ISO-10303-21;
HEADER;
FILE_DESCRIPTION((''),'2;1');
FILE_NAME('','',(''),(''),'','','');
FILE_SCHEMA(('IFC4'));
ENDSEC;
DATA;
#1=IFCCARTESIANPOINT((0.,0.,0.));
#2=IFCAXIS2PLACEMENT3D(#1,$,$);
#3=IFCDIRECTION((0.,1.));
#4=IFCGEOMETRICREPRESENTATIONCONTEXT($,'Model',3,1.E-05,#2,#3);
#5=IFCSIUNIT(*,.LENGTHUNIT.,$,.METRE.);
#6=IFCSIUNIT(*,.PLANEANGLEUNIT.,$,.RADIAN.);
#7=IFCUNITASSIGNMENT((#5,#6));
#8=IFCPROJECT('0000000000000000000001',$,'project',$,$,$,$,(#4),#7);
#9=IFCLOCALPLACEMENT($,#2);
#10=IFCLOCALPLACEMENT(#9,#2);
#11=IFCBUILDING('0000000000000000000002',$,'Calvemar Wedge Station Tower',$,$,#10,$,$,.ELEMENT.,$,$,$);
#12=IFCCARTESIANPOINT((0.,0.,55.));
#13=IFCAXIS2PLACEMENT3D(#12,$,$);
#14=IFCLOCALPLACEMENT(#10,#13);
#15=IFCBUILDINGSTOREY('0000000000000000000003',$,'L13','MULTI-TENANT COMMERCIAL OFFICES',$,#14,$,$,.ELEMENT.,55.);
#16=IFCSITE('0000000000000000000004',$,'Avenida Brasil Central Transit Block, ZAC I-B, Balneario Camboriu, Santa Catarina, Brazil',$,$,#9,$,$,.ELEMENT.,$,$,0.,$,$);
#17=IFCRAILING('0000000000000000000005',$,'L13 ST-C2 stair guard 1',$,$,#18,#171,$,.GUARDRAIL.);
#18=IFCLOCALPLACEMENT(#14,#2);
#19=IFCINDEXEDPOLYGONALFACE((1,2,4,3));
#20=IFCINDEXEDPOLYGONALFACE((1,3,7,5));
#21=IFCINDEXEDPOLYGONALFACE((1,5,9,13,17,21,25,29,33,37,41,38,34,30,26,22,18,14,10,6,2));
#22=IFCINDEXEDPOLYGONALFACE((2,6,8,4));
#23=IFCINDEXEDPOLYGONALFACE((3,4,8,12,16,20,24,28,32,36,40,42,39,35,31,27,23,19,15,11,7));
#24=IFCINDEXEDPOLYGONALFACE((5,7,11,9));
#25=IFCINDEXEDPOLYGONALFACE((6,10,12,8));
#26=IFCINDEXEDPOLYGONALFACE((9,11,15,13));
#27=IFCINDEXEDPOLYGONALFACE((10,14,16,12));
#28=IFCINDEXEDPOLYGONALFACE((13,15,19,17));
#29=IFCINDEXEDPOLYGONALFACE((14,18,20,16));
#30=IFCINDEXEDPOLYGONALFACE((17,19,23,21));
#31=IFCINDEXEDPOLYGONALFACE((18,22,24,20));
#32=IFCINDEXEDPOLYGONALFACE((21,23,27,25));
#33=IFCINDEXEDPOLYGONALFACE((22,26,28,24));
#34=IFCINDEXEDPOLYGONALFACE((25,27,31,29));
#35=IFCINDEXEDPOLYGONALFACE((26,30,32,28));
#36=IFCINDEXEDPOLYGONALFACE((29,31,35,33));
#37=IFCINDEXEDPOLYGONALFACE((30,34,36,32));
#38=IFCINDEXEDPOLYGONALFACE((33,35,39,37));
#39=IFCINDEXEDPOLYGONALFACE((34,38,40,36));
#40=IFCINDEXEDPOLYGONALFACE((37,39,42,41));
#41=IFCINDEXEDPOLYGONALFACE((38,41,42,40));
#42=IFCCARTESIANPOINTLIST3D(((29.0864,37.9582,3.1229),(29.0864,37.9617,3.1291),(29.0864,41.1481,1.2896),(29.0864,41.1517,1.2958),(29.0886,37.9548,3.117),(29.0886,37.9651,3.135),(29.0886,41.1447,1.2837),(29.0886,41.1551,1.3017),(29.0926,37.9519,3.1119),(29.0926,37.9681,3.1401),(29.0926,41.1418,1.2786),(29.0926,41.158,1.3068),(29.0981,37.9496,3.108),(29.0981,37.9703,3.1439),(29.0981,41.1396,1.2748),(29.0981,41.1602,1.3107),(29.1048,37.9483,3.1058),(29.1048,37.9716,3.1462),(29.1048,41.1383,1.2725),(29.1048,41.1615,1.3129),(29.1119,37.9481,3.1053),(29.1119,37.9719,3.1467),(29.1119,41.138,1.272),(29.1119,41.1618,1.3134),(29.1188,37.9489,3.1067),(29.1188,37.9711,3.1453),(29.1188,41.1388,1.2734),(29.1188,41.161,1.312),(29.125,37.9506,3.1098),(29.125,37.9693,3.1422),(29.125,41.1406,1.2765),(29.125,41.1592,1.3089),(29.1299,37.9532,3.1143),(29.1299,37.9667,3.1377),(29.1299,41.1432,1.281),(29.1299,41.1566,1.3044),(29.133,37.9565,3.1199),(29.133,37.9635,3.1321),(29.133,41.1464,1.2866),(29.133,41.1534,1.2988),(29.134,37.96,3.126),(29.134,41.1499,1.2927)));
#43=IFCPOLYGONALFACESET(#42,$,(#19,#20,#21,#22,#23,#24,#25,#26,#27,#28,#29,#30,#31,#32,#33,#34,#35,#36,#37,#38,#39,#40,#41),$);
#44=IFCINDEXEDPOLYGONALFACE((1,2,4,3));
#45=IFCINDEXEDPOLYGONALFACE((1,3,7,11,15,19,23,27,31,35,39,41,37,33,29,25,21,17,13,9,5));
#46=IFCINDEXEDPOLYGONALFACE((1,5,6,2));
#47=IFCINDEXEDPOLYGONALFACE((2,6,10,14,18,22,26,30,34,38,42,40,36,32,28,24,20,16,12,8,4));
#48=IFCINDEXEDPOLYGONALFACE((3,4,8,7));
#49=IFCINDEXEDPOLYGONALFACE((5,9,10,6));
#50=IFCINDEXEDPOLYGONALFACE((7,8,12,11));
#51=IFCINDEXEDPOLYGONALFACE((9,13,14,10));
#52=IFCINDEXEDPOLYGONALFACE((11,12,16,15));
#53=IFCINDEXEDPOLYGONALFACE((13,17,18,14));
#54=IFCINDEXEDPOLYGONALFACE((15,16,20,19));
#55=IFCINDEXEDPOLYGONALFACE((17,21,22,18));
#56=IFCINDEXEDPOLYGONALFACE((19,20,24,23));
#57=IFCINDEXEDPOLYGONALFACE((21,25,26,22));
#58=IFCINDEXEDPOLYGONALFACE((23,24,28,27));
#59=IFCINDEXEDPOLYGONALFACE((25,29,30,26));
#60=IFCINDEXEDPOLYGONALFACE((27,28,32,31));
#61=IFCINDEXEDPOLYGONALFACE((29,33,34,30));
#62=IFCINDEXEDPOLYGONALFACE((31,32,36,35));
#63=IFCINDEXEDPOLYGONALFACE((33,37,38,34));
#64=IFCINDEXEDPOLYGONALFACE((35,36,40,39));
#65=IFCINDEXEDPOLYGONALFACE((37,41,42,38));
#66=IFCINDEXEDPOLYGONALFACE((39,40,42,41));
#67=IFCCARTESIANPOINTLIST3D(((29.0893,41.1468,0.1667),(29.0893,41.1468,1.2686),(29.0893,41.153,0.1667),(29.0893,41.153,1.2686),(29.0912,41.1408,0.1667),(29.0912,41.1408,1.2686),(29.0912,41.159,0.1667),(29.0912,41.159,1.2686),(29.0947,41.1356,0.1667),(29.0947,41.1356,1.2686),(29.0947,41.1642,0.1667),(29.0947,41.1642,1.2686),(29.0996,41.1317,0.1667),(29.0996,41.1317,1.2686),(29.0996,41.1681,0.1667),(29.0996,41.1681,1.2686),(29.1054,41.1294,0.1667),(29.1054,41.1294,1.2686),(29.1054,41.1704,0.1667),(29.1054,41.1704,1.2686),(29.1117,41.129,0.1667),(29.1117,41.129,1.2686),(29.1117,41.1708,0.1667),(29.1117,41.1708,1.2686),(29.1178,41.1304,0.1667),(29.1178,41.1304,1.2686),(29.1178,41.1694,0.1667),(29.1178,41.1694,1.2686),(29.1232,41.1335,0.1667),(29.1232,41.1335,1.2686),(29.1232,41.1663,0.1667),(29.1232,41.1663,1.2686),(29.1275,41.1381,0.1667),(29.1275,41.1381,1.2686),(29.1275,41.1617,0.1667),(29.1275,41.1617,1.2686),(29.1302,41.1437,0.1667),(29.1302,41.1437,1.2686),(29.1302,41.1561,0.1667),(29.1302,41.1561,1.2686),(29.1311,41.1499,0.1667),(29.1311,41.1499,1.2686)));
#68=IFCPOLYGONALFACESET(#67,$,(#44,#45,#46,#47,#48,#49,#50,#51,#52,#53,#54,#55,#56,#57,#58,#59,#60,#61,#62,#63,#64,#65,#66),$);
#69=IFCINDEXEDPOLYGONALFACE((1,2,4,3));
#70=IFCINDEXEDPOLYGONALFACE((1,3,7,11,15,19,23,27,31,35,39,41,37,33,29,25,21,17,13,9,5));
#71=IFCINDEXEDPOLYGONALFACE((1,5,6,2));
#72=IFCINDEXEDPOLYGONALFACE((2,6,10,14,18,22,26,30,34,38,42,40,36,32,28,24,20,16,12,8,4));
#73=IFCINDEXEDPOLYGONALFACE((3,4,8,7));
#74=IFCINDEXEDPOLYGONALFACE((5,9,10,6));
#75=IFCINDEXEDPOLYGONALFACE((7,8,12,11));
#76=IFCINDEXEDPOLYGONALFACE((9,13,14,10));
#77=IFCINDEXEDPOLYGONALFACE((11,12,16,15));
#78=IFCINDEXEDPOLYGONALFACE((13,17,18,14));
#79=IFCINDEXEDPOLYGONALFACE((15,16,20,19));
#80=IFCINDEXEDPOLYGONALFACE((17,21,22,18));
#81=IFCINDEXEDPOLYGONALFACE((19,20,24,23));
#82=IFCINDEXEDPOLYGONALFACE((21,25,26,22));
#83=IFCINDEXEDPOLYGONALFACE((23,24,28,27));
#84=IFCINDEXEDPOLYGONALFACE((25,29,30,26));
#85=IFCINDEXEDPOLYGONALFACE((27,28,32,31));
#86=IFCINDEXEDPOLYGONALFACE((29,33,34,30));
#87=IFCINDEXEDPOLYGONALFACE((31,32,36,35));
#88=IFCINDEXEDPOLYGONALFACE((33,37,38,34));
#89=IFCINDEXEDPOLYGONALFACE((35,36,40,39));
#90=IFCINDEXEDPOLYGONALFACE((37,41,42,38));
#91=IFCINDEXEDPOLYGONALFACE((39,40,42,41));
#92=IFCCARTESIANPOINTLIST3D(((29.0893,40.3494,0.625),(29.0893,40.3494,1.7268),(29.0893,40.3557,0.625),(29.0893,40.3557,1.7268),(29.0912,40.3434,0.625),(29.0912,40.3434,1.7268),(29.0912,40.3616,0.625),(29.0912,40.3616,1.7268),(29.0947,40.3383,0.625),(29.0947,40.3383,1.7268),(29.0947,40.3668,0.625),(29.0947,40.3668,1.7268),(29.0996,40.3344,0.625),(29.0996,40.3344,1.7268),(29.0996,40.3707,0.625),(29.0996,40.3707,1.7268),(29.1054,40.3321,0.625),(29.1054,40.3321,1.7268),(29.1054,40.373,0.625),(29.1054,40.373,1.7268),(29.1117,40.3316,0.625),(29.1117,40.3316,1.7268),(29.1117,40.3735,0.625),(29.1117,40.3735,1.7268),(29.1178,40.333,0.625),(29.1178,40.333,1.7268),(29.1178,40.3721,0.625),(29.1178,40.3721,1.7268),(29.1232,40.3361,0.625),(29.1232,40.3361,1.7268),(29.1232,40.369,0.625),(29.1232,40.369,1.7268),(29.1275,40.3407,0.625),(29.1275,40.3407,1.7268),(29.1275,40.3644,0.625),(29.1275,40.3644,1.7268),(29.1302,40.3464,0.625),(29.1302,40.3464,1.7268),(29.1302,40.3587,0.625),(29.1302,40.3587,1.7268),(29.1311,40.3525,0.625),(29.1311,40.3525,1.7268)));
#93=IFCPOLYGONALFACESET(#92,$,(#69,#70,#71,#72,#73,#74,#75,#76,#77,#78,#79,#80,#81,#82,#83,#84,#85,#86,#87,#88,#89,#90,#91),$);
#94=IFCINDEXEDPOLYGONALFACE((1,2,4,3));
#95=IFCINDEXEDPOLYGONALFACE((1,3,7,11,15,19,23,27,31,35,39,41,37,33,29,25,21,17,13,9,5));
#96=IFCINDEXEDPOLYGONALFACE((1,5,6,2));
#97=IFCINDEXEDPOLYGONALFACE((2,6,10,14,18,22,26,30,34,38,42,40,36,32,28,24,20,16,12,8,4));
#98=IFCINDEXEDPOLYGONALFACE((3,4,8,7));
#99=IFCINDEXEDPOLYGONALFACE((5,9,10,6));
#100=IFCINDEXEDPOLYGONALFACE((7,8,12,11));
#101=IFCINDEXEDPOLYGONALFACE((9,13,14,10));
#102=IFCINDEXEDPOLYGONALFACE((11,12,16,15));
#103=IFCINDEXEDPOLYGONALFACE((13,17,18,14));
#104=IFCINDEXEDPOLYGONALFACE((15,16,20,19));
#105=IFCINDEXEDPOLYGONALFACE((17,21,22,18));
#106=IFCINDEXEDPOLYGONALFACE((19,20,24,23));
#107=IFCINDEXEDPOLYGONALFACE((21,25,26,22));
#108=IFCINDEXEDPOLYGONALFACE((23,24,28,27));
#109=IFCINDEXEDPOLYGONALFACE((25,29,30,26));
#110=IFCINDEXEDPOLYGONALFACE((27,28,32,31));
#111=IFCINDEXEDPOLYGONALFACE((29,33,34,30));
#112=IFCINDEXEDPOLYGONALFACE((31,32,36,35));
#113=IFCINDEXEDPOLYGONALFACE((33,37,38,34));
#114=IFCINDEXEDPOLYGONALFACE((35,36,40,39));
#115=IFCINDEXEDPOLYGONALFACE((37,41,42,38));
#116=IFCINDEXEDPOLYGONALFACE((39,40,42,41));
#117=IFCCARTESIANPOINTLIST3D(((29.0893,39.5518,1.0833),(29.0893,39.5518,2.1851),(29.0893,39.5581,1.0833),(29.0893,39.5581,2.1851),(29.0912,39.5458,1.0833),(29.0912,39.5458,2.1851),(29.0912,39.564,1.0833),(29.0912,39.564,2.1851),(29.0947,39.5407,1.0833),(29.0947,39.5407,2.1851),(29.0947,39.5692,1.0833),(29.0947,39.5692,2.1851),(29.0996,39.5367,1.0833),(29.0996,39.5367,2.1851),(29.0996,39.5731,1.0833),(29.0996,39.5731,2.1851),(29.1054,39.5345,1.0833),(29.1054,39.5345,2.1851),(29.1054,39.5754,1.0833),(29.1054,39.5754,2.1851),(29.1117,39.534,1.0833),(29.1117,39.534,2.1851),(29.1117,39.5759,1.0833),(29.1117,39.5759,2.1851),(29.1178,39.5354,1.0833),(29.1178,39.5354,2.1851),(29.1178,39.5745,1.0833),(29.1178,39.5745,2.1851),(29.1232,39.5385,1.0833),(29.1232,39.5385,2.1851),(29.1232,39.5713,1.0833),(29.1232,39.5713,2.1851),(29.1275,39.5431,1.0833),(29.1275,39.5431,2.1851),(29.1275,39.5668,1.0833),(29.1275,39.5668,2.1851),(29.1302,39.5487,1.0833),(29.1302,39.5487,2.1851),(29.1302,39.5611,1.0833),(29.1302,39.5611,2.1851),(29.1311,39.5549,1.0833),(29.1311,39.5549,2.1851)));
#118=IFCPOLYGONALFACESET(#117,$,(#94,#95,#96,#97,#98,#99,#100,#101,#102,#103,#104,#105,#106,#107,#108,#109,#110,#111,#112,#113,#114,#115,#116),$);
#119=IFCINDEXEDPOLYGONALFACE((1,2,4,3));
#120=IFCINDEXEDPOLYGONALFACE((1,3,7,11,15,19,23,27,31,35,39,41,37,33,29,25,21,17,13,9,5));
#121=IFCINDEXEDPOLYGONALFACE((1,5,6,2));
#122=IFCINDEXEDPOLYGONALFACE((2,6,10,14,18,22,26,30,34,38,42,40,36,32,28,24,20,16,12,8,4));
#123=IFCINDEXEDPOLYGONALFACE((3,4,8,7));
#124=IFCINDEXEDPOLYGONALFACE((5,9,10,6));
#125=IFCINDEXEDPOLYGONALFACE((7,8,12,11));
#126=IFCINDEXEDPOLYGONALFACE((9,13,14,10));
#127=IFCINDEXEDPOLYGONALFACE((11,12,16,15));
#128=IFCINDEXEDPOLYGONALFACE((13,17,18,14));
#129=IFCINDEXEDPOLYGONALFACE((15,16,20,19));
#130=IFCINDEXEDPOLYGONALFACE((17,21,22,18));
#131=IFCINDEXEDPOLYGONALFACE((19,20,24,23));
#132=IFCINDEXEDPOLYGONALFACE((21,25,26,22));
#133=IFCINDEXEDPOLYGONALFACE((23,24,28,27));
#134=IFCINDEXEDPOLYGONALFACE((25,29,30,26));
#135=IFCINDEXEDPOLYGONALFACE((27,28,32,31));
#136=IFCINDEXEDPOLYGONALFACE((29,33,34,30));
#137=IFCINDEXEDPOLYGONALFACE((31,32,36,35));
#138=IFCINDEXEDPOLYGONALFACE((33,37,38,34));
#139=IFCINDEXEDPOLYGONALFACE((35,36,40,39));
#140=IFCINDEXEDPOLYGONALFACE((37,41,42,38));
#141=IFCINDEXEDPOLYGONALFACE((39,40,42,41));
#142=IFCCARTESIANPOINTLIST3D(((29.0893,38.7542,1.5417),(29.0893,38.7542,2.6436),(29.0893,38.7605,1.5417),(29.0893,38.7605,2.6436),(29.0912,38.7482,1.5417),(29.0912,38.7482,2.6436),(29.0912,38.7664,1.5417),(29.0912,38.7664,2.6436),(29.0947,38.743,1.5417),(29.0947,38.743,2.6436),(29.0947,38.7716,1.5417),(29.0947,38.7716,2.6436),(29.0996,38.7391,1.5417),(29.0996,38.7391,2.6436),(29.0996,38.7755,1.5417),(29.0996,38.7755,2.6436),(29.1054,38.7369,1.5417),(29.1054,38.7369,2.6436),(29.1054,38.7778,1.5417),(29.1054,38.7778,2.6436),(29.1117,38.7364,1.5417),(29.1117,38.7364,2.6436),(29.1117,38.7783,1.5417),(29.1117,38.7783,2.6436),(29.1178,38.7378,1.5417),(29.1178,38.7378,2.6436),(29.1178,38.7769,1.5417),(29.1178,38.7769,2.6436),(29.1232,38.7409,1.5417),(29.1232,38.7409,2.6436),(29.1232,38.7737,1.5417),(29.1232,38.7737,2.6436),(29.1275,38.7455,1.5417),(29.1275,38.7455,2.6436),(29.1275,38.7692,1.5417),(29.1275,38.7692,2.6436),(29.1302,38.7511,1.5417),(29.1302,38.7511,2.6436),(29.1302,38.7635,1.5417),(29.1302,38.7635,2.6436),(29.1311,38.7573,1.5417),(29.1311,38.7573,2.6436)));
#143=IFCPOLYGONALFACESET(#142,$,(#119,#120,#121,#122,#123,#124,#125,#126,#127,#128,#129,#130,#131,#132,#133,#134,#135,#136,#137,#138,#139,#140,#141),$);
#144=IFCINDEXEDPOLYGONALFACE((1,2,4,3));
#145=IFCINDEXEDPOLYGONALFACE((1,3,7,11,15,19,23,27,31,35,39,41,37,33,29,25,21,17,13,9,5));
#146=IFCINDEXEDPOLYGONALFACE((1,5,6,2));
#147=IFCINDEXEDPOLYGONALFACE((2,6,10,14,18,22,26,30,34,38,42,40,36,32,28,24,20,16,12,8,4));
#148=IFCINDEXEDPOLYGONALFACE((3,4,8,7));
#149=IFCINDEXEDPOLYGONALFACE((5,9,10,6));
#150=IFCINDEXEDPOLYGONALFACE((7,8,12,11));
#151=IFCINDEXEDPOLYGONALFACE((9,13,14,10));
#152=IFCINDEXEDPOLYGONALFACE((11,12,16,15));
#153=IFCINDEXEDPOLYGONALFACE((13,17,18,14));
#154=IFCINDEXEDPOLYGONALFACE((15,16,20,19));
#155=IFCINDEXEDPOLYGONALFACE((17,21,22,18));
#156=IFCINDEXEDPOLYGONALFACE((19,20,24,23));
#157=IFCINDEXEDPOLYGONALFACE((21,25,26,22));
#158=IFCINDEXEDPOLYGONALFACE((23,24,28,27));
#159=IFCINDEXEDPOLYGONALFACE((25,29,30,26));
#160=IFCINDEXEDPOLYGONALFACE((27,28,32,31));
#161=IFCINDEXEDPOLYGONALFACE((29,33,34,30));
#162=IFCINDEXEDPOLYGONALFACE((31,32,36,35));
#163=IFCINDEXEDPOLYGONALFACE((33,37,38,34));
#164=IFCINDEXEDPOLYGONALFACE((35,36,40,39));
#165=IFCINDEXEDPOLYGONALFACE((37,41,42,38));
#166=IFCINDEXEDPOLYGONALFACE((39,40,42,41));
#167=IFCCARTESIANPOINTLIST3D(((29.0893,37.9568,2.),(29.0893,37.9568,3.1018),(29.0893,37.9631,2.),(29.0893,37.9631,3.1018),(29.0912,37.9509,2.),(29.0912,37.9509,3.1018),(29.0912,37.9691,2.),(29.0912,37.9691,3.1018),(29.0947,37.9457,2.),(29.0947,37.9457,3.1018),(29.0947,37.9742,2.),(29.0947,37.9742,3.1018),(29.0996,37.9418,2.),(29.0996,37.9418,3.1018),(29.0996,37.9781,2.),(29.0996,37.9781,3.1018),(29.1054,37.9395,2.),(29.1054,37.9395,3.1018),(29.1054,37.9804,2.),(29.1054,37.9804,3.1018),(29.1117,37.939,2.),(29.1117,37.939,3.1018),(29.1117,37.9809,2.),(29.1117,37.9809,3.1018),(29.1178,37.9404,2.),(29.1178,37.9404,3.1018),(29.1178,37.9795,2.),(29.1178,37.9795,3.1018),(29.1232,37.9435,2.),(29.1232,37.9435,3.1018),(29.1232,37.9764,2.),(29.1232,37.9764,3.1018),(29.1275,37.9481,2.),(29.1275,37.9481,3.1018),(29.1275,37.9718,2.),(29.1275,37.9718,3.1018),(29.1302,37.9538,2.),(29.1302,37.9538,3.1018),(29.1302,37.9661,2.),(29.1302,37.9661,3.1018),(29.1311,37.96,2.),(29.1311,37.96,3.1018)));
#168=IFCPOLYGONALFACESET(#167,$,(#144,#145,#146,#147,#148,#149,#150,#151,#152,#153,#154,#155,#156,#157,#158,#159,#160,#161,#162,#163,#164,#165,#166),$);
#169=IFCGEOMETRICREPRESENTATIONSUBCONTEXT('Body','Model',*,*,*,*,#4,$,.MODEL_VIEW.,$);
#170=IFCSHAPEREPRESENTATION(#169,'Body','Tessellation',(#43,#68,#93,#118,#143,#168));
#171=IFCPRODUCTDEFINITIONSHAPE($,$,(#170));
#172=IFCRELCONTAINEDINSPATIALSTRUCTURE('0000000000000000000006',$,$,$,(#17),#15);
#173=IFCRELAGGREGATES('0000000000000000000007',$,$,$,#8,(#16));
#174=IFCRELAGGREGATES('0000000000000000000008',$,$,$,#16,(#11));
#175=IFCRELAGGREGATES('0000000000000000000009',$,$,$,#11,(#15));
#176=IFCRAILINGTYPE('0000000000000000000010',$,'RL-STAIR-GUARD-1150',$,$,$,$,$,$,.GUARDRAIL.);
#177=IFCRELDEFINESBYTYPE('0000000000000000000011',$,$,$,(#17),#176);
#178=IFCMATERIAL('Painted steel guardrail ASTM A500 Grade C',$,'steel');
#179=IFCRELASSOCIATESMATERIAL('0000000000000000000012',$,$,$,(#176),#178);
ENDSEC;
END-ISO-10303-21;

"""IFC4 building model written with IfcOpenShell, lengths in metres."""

from ifc_helpers import new_model, si_unit, direction, frame, origin, origin_2d, place, context, subcontext, project, spatial, circle, extrude, material, type_object, element, save


model = new_model("IFC4")

# Units and contexts
model_context = context("Model", 3, precision=1e-05, world=origin(), true_north=direction((0.0, 1.0)))
body_context = subcontext(model_context, "Body", "Model", "MODEL_VIEW")
ifc_project = project(units=[si_unit("LENGTHUNIT", "METRE"), si_unit("PLANEANGLEUNIT", "RADIAN")], contexts=[model_context])

# Site, building, storey
site_placement = place(None, origin())
site = spatial("IfcSite", under=ifc_project, at=site_placement, Name="Avenida Brasil Central Transit Block, ZAC I-B, Balneario Camboriu, Santa Catarina, Brazil", CompositionType="ELEMENT", RefElevation=0.0)
building_placement = place(site_placement, origin())
building = spatial("IfcBuilding", under=site, at=building_placement, Name="Calvemar Wedge Station Tower", CompositionType="ELEMENT")
storey_placement = place(building_placement, frame((0.0, 0.0, 55.0)))
storey = spatial("IfcBuildingStorey", under=building, at=storey_placement, Name="L13", Description="MULTI-TENANT COMMERCIAL OFFICES", CompositionType="ELEMENT", Elevation=55.0)

# Railing
ifc_material_1 = material(Name="Painted steel guardrail ASTM A500 Grade C", Category="steel")
railing_type_1 = type_object("IfcRailingType", Name="RL-STAIR-GUARD-1150", PredefinedType="GUARDRAIL", material=ifc_material_1)
railing_1_placement = place(storey_placement, frame((29.1101, 41.1499, 0.1667)))
element("IfcRailing", 1, at=railing_1_placement, inside=storey, type_object=railing_type_1, Name="L13 ST-C2 stair guard 1", PredefinedType="GUARDRAIL", context=body_context, shape_type="SweptSolid", body=[
    extrude(circle(Radius=0.0239, at=origin_2d()), frame((0.0, 0.0, 1.126), z_axis=(0.0, -0.86702, 0.498274), x_axis=(1.0, 0.0, 0.0)), (0.0, 0.0, 1.0), 3.6792),
    extrude(circle(Radius=0.021, at=origin_2d()), origin(), (0.0, 0.0, 1.0), 1.1018),
    extrude(circle(Radius=0.021, at=origin_2d()), frame((0.0, -0.7974, 0.4583)), (0.0, 0.0, 1.0), 1.1018),
    extrude(circle(Radius=0.021, at=origin_2d()), frame((0.0, -1.595, 0.9165)), (0.0, 0.0, 1.0), 1.1018),
    extrude(circle(Radius=0.021, at=origin_2d()), frame((0.0, -2.3926, 1.375)), (0.0, 0.0, 1.0), 1.1018),
    extrude(circle(Radius=0.021, at=origin_2d()), frame((0.0, -3.1899, 1.8333)), (0.0, 0.0, 1.0), 1.1018),
])

save(model, "model.ifc")
